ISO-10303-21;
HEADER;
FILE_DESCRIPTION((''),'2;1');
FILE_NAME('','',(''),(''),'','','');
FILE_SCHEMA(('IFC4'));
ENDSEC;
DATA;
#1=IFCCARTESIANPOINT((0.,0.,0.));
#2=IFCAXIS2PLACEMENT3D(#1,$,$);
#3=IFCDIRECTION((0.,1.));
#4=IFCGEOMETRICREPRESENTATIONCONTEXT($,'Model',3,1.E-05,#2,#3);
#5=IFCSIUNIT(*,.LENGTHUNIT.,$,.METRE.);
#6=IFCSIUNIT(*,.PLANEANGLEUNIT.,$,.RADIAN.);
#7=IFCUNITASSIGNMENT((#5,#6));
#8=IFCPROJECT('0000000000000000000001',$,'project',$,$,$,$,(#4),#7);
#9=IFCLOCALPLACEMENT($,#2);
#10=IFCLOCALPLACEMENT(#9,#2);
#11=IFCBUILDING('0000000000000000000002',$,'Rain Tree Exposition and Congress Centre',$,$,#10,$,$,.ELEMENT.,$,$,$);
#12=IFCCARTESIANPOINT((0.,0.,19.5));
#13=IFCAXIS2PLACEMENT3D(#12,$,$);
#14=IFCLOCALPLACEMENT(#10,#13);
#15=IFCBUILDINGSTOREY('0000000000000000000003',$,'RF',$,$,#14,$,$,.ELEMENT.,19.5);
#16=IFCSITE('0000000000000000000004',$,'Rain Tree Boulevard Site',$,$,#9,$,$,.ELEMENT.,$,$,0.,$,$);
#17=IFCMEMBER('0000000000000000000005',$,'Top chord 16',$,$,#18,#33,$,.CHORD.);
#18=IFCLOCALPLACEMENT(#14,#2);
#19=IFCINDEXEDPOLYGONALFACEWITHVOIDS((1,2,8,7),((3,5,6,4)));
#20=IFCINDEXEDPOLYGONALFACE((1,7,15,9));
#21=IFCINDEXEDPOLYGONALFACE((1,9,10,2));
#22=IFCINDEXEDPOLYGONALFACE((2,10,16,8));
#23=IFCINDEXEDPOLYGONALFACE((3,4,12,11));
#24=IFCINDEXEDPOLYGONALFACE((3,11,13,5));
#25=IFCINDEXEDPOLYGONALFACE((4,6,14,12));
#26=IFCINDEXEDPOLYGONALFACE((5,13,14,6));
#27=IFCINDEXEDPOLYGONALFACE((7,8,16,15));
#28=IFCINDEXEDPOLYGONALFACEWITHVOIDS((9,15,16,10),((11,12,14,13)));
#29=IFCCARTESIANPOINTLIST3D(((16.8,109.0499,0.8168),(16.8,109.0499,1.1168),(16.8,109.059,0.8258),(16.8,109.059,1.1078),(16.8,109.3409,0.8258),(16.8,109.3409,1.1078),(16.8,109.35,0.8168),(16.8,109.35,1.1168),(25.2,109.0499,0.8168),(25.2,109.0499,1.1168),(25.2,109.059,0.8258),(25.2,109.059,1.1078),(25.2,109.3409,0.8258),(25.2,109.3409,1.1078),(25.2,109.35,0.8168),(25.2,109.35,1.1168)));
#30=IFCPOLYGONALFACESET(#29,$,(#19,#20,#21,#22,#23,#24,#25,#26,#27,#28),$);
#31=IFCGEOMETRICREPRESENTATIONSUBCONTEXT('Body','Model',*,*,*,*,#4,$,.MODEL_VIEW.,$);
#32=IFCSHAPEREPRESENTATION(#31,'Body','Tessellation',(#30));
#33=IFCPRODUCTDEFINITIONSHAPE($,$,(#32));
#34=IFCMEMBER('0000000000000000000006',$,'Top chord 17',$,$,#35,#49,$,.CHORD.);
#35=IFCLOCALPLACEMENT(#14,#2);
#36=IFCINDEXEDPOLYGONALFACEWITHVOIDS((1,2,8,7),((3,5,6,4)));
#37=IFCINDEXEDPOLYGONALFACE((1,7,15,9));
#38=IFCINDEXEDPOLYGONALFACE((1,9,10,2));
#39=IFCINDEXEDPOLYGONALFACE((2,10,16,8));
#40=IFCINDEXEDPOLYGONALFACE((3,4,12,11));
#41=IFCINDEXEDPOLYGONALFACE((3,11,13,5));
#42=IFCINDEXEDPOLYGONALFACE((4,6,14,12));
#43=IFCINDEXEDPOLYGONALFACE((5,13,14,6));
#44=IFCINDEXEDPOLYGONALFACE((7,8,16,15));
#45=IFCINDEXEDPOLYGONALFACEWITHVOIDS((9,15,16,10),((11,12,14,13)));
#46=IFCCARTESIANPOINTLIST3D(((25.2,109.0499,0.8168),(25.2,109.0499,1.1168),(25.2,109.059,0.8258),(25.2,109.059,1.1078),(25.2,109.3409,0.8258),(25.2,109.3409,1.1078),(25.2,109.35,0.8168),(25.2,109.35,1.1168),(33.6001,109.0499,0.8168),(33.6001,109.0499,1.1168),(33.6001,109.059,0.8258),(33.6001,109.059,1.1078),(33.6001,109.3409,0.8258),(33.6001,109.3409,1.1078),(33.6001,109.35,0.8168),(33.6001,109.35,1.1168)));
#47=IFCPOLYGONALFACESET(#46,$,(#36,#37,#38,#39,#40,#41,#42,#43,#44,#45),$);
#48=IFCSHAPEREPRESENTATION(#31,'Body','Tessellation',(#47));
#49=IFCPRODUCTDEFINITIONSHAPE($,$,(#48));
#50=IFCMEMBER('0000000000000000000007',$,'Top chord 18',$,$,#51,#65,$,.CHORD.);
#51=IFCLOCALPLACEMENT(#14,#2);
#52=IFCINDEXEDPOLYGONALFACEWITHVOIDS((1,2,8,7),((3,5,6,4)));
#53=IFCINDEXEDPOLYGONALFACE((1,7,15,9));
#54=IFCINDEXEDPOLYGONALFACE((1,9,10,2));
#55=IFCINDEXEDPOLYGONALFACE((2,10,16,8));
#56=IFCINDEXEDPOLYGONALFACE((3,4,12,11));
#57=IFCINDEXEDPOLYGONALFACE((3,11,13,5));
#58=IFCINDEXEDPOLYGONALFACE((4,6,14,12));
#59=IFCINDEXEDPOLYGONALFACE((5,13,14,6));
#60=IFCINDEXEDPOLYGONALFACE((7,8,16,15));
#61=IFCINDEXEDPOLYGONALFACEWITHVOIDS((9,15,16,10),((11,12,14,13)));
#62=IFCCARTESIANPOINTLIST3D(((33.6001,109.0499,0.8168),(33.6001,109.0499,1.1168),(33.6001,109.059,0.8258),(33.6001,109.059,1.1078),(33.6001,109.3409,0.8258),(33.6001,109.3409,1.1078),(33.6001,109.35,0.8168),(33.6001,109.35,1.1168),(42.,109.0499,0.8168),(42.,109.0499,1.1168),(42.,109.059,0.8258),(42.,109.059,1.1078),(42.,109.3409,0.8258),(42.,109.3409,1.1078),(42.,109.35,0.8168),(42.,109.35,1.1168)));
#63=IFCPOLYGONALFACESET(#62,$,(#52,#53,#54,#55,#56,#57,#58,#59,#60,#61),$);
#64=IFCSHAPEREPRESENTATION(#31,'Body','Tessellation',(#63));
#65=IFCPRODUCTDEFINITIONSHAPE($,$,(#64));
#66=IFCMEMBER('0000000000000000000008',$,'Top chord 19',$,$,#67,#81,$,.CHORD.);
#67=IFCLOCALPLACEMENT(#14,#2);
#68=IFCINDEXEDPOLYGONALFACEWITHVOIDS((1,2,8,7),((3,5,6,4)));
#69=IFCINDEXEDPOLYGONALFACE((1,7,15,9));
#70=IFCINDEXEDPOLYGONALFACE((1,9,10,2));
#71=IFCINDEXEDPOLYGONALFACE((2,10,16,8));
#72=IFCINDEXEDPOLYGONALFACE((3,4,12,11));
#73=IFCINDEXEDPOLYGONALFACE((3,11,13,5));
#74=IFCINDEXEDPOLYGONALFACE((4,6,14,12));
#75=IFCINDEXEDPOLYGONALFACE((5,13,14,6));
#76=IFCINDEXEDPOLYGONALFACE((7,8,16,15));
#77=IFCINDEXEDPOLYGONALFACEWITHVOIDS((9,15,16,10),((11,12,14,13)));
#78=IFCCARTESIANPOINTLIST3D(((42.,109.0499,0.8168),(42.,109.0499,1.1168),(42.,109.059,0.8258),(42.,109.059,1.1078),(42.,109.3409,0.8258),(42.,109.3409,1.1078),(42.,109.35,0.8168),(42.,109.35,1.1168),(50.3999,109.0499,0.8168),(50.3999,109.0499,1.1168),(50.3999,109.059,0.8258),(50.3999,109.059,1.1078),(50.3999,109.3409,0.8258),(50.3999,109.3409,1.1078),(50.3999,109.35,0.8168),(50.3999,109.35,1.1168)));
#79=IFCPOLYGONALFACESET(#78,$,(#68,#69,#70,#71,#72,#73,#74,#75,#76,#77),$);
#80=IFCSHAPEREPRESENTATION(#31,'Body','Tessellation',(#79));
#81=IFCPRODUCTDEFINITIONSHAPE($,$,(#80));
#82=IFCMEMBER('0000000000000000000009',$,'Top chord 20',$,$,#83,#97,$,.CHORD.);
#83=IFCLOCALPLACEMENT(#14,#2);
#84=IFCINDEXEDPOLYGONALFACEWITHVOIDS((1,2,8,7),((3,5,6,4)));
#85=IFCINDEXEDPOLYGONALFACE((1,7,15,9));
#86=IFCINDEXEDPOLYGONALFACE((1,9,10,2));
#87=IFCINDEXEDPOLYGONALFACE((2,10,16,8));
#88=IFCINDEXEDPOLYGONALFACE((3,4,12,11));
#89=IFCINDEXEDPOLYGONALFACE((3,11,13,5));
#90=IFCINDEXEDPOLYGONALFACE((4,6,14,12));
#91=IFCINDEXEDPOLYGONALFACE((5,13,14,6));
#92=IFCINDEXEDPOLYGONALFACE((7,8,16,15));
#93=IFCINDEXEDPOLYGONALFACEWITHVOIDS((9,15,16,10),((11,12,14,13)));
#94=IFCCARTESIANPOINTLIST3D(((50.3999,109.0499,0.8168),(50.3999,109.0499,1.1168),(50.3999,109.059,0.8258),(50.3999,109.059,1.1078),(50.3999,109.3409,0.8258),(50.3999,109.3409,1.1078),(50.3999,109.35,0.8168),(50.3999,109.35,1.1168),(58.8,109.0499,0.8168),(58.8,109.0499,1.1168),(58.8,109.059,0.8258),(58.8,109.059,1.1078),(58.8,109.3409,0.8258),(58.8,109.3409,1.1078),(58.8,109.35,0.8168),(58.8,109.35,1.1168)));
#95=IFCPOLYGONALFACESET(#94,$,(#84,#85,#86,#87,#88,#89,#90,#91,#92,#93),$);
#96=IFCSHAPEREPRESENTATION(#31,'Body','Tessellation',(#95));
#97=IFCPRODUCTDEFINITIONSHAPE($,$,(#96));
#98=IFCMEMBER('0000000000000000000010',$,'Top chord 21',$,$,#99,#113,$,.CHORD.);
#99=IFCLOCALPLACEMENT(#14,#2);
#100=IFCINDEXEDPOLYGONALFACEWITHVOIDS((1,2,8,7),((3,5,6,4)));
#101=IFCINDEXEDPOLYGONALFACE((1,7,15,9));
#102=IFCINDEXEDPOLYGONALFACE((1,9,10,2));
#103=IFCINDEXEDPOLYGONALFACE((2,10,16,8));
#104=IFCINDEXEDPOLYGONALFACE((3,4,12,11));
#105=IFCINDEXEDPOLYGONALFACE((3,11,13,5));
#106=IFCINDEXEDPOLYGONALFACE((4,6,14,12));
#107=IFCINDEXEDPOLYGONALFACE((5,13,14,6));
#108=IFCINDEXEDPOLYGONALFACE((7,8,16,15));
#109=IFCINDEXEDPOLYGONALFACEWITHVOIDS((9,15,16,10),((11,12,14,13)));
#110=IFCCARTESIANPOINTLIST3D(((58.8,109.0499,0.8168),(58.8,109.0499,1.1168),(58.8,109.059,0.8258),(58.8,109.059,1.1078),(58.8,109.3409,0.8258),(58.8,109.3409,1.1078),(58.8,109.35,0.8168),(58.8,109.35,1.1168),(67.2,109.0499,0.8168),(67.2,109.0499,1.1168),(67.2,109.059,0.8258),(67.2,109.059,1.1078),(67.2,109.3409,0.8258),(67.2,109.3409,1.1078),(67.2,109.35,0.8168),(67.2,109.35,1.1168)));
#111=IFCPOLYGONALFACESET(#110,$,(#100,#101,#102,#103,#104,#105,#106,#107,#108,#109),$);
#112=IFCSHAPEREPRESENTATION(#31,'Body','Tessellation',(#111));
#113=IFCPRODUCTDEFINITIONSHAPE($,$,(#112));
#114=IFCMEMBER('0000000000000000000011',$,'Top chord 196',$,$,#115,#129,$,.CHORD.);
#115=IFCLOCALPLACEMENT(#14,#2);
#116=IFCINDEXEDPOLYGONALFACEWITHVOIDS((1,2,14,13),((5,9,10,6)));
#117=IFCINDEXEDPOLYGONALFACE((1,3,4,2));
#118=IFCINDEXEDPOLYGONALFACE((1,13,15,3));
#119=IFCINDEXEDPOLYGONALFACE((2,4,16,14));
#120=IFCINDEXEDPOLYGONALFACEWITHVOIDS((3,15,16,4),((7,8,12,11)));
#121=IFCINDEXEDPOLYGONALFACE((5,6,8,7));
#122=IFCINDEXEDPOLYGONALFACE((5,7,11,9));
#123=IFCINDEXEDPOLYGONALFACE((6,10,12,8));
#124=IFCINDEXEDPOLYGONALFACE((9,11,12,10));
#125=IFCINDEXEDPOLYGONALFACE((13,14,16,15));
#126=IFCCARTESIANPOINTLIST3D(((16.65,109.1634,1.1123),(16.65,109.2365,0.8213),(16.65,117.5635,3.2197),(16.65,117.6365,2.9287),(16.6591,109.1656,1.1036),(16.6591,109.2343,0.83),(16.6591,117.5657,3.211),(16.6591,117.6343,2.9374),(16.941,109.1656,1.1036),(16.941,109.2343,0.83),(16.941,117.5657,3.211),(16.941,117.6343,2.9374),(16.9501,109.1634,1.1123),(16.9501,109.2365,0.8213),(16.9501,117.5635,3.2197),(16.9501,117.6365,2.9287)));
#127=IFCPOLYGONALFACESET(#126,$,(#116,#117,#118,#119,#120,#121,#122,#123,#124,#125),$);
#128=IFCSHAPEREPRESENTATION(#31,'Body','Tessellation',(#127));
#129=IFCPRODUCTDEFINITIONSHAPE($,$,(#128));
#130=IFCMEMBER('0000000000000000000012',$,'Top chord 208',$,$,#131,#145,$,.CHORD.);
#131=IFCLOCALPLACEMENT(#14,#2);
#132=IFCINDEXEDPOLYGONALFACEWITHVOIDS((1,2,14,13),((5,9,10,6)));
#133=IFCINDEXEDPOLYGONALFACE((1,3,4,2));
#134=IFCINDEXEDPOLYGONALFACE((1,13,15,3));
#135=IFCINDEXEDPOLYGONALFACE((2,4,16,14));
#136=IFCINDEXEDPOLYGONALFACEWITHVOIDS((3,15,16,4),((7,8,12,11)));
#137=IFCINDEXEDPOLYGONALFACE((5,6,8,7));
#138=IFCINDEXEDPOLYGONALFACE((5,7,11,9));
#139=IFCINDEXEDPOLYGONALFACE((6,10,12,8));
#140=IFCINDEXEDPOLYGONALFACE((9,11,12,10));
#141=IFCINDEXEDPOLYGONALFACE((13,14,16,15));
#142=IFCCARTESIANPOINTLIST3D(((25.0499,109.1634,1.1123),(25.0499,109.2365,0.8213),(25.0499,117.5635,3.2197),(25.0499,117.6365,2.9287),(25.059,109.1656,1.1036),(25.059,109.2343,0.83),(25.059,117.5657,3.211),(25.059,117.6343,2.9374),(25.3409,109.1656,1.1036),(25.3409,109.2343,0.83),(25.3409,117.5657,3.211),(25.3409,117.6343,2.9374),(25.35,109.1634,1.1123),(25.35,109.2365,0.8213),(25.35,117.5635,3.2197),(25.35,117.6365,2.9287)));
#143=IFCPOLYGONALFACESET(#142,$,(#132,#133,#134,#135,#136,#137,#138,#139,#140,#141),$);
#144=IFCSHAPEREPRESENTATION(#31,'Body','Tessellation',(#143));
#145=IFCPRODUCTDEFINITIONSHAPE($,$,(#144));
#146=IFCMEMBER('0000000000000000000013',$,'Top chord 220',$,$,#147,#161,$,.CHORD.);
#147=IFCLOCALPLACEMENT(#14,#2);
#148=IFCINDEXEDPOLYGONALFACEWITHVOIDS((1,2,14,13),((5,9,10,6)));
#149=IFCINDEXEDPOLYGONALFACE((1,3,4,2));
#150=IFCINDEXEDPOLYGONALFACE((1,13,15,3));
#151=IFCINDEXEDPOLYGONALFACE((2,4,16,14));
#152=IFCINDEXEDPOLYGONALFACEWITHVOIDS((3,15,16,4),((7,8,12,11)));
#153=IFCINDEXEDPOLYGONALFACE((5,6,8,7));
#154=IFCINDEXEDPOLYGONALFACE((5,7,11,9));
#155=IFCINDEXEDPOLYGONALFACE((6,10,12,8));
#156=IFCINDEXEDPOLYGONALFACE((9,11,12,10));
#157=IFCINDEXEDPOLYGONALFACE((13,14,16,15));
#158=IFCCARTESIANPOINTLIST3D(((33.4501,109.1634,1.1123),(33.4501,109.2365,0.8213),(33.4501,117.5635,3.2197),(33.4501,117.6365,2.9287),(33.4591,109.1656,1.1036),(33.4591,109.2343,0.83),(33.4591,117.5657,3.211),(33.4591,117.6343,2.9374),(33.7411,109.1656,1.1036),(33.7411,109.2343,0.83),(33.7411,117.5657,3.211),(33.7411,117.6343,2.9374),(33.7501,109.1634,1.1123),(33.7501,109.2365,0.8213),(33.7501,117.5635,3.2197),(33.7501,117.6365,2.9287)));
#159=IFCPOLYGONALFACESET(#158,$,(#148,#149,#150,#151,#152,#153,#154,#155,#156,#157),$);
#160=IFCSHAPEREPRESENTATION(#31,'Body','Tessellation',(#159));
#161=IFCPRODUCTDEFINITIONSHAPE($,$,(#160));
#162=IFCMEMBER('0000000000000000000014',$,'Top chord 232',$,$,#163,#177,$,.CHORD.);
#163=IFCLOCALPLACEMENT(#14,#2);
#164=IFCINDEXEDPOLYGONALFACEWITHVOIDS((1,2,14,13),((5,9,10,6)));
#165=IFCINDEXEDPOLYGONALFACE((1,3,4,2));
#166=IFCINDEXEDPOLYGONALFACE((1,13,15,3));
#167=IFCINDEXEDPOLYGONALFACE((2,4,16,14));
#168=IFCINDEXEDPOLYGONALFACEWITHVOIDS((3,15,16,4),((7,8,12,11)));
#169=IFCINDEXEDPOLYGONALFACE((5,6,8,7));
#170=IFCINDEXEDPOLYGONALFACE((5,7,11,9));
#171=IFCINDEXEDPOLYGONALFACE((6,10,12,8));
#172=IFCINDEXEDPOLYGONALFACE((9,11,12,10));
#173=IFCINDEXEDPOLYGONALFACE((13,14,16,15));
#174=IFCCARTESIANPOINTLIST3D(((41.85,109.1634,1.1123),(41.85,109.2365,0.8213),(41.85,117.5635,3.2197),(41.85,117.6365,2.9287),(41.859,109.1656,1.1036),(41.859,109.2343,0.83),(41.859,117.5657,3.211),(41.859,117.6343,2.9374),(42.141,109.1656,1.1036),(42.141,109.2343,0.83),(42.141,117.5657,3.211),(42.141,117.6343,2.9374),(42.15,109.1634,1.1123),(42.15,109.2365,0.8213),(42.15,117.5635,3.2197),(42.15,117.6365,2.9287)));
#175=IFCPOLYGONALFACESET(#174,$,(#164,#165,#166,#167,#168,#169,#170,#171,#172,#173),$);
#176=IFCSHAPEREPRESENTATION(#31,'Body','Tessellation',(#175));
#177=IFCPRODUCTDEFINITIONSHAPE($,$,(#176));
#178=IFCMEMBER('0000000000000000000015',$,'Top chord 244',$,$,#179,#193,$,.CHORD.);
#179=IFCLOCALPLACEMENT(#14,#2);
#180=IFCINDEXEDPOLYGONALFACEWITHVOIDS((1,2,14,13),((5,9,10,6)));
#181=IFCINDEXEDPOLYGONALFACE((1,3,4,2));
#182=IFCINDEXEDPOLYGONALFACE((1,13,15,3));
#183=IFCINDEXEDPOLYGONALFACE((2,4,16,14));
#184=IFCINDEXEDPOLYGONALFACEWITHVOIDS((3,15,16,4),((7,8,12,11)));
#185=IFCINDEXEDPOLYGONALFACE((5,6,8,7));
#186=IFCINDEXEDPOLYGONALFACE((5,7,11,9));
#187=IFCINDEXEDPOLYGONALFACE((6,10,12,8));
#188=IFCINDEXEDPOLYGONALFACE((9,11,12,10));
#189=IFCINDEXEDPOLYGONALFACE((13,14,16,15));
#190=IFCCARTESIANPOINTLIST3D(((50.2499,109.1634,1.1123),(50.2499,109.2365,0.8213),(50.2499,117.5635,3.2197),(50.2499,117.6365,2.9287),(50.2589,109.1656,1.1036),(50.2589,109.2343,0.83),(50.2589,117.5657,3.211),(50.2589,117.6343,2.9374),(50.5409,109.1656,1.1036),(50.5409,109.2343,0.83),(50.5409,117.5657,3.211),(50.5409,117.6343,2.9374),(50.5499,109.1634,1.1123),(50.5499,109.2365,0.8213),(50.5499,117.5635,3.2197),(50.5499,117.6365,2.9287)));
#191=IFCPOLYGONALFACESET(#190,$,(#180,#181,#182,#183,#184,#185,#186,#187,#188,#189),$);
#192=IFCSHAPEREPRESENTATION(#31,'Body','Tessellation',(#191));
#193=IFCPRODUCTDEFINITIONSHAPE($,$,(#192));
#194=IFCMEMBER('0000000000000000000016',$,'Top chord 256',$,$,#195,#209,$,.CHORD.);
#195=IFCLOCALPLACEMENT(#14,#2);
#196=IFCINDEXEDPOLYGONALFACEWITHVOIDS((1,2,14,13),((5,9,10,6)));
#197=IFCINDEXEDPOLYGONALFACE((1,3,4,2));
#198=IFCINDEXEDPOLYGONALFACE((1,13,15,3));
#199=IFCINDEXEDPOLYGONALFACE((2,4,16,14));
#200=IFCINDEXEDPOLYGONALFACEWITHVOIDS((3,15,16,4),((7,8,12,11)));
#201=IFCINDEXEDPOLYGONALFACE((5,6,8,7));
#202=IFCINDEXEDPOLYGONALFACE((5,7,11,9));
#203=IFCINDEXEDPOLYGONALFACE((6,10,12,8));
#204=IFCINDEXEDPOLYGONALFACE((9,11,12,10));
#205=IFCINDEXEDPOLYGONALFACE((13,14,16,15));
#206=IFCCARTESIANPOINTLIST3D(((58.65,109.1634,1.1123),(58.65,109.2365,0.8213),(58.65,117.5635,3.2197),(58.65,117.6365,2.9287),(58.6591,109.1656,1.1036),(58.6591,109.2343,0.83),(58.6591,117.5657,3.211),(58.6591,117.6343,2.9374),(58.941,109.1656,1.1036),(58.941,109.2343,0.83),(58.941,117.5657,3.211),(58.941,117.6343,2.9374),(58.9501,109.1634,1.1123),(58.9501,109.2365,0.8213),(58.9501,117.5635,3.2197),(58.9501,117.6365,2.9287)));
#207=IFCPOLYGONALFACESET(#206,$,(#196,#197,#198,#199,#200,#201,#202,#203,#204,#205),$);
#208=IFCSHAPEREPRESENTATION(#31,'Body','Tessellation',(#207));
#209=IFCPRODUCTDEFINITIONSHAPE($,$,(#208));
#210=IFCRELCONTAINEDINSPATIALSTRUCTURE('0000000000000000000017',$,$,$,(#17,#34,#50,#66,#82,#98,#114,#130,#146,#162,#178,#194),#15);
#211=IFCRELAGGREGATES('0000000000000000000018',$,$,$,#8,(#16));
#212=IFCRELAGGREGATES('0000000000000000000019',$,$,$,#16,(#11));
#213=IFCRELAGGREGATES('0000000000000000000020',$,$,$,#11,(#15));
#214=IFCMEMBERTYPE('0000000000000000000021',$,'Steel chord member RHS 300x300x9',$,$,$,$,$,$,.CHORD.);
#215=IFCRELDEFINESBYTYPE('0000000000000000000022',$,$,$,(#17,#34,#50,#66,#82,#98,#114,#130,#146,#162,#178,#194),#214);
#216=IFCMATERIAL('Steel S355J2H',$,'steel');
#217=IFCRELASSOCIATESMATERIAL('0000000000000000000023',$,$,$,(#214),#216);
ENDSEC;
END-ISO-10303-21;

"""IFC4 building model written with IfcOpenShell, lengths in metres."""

from ifc_helpers import new_model, si_unit, direction, frame, origin, origin_2d, place, context, subcontext, project, spatial, hollow_rectangle, extrude, material, material_profile, profile_set, type_object, element, save


model = new_model("IFC4")

# Units and contexts
model_context = context("Model", 3, precision=1e-05, world=origin(), true_north=direction((0.0, 1.0)))
body_context = subcontext(model_context, "Body", "Model", "MODEL_VIEW")
ifc_project = project(units=[si_unit("LENGTHUNIT", "METRE"), si_unit("PLANEANGLEUNIT", "RADIAN")], contexts=[model_context])

# Site, building, storey
site_placement = place(None, origin())
site = spatial("IfcSite", under=ifc_project, at=site_placement, Name="Rain Tree Boulevard Site", CompositionType="ELEMENT", RefElevation=0.0)
building_placement = place(site_placement, origin())
building = spatial("IfcBuilding", under=site, at=building_placement, Name="Rain Tree Exposition and Congress Centre", CompositionType="ELEMENT")
storey_placement = place(building_placement, frame((0.0, 0.0, 19.5)))
storey = spatial("IfcBuildingStorey", under=building, at=storey_placement, Name="RF", CompositionType="ELEMENT", Elevation=19.5)

# Members
ifc_material_1 = material(Name="Steel S355J2H", Category="steel")
ifc_material_profile_1 = material_profile(ifc_material_1, hollow_rectangle(XDim=0.3, YDim=0.3, WallThickness=0.009, at=origin_2d()), Name="RHS 300x300x9")
ifc_profile_set_1 = profile_set([ifc_material_profile_1], Name="Steel S355J2H")
member_type = type_object("IfcMemberType", Name="Steel chord member RHS 300x300x9", PredefinedType="CHORD", material=ifc_profile_set_1)
member_1_placement = place(storey_placement, frame((16.8, 109.2, 0.9668), z_axis=(1.0, 0.0, 0.0), x_axis=(0.0, 1.0, 0.0)))
element("IfcMember", 1, at=member_1_placement, inside=storey, type_object=member_type, Name="Top chord 16", PredefinedType="CHORD", context=body_context, shape_type="SweptSolid", body=[
    extrude(hollow_rectangle(XDim=0.3, YDim=0.3, WallThickness=0.009, at=origin_2d()), origin(), (0.0, 0.0, 1.0), 8.3999),
])
member_2_placement = place(storey_placement, frame((25.2, 109.2, 0.9668), z_axis=(1.0, 0.0, 0.0), x_axis=(0.0, 1.0, 0.0)))
element("IfcMember", 2, at=member_2_placement, inside=storey, type_object=member_type, Name="Top chord 17", PredefinedType="CHORD", context=body_context, shape_type="SweptSolid", body=[
    extrude(hollow_rectangle(XDim=0.3, YDim=0.3, WallThickness=0.009, at=origin_2d()), origin(), (0.0, 0.0, 1.0), 8.4001),
])
for number, where, z_axis, x_axis, name in (
    (3, (33.6001, 109.2, 0.9668), (1.0, 0.0, 0.0), (0.0, 1.0, 0.0), "Top chord 18"),
    (4, (42.0, 109.2, 0.9668), (1.0, 0.0, 0.0), (0.0, 1.0, 0.0), "Top chord 19"),
):
    element("IfcMember", number, at=place(storey_placement, frame(where, z_axis=z_axis, x_axis=x_axis)), inside=storey, type_object=member_type, Name=name, PredefinedType="CHORD", context=body_context, shape_type="SweptSolid", body=[
        extrude(hollow_rectangle(XDim=0.3, YDim=0.3, WallThickness=0.009, at=origin_2d()), origin(), (0.0, 0.0, 1.0), 8.3999),
    ])
member_3_placement = place(storey_placement, frame((50.3999, 109.2, 0.9668), z_axis=(1.0, 0.0, 0.0), x_axis=(0.0, 1.0, 0.0)))
element("IfcMember", 5, at=member_3_placement, inside=storey, type_object=member_type, Name="Top chord 20", PredefinedType="CHORD", context=body_context, shape_type="SweptSolid", body=[
    extrude(hollow_rectangle(XDim=0.3, YDim=0.3, WallThickness=0.009, at=origin_2d()), origin(), (0.0, 0.0, 1.0), 8.4001),
])
member_4_placement = place(storey_placement, frame((58.8, 109.2, 0.9668), z_axis=(1.0, 0.0, 0.0), x_axis=(0.0, 1.0, 0.0)))
element("IfcMember", 6, at=member_4_placement, inside=storey, type_object=member_type, Name="Top chord 21", PredefinedType="CHORD", context=body_context, shape_type="SweptSolid", body=[
    extrude(hollow_rectangle(XDim=0.3, YDim=0.3, WallThickness=0.009, at=origin_2d()), origin(), (0.0, 0.0, 1.0), 8.3999),
])
for number, where, z_axis, x_axis, name in (
    (7, (16.8, 109.2, 0.9668), (0.0, 0.969942, 0.243338), (-1.0, 0.0, 0.0), "Top chord 196"),
    (8, (25.2, 109.2, 0.9668), (0.0, 0.969942, 0.243338), (-1.0, 0.0, 0.0), "Top chord 208"),
    (9, (33.6001, 109.2, 0.9668), (0.0, 0.969942, 0.243338), (-1.0, 0.0, 0.0), "Top chord 220"),
    (10, (42.0, 109.2, 0.9668), (0.0, 0.969942, 0.243338), (-1.0, 0.0, 0.0), "Top chord 232"),
    (11, (50.3999, 109.2, 0.9668), (0.0, 0.969942, 0.243338), (-1.0, 0.0, 0.0), "Top chord 244"),
    (12, (58.8, 109.2, 0.9668), (0.0, 0.969942, 0.243338), (-1.0, 0.0, 0.0), "Top chord 256"),
):
    element("IfcMember", number, at=place(storey_placement, frame(where, z_axis=z_axis, x_axis=x_axis)), inside=storey, type_object=member_type, Name=name, PredefinedType="CHORD", context=body_context, shape_type="SweptSolid", body=[
        extrude(hollow_rectangle(XDim=0.3, YDim=0.3, WallThickness=0.009, at=origin_2d()), origin(), (0.0, 0.0, 1.0), 8.6604),
    ])

save(model, "model.ifc")
